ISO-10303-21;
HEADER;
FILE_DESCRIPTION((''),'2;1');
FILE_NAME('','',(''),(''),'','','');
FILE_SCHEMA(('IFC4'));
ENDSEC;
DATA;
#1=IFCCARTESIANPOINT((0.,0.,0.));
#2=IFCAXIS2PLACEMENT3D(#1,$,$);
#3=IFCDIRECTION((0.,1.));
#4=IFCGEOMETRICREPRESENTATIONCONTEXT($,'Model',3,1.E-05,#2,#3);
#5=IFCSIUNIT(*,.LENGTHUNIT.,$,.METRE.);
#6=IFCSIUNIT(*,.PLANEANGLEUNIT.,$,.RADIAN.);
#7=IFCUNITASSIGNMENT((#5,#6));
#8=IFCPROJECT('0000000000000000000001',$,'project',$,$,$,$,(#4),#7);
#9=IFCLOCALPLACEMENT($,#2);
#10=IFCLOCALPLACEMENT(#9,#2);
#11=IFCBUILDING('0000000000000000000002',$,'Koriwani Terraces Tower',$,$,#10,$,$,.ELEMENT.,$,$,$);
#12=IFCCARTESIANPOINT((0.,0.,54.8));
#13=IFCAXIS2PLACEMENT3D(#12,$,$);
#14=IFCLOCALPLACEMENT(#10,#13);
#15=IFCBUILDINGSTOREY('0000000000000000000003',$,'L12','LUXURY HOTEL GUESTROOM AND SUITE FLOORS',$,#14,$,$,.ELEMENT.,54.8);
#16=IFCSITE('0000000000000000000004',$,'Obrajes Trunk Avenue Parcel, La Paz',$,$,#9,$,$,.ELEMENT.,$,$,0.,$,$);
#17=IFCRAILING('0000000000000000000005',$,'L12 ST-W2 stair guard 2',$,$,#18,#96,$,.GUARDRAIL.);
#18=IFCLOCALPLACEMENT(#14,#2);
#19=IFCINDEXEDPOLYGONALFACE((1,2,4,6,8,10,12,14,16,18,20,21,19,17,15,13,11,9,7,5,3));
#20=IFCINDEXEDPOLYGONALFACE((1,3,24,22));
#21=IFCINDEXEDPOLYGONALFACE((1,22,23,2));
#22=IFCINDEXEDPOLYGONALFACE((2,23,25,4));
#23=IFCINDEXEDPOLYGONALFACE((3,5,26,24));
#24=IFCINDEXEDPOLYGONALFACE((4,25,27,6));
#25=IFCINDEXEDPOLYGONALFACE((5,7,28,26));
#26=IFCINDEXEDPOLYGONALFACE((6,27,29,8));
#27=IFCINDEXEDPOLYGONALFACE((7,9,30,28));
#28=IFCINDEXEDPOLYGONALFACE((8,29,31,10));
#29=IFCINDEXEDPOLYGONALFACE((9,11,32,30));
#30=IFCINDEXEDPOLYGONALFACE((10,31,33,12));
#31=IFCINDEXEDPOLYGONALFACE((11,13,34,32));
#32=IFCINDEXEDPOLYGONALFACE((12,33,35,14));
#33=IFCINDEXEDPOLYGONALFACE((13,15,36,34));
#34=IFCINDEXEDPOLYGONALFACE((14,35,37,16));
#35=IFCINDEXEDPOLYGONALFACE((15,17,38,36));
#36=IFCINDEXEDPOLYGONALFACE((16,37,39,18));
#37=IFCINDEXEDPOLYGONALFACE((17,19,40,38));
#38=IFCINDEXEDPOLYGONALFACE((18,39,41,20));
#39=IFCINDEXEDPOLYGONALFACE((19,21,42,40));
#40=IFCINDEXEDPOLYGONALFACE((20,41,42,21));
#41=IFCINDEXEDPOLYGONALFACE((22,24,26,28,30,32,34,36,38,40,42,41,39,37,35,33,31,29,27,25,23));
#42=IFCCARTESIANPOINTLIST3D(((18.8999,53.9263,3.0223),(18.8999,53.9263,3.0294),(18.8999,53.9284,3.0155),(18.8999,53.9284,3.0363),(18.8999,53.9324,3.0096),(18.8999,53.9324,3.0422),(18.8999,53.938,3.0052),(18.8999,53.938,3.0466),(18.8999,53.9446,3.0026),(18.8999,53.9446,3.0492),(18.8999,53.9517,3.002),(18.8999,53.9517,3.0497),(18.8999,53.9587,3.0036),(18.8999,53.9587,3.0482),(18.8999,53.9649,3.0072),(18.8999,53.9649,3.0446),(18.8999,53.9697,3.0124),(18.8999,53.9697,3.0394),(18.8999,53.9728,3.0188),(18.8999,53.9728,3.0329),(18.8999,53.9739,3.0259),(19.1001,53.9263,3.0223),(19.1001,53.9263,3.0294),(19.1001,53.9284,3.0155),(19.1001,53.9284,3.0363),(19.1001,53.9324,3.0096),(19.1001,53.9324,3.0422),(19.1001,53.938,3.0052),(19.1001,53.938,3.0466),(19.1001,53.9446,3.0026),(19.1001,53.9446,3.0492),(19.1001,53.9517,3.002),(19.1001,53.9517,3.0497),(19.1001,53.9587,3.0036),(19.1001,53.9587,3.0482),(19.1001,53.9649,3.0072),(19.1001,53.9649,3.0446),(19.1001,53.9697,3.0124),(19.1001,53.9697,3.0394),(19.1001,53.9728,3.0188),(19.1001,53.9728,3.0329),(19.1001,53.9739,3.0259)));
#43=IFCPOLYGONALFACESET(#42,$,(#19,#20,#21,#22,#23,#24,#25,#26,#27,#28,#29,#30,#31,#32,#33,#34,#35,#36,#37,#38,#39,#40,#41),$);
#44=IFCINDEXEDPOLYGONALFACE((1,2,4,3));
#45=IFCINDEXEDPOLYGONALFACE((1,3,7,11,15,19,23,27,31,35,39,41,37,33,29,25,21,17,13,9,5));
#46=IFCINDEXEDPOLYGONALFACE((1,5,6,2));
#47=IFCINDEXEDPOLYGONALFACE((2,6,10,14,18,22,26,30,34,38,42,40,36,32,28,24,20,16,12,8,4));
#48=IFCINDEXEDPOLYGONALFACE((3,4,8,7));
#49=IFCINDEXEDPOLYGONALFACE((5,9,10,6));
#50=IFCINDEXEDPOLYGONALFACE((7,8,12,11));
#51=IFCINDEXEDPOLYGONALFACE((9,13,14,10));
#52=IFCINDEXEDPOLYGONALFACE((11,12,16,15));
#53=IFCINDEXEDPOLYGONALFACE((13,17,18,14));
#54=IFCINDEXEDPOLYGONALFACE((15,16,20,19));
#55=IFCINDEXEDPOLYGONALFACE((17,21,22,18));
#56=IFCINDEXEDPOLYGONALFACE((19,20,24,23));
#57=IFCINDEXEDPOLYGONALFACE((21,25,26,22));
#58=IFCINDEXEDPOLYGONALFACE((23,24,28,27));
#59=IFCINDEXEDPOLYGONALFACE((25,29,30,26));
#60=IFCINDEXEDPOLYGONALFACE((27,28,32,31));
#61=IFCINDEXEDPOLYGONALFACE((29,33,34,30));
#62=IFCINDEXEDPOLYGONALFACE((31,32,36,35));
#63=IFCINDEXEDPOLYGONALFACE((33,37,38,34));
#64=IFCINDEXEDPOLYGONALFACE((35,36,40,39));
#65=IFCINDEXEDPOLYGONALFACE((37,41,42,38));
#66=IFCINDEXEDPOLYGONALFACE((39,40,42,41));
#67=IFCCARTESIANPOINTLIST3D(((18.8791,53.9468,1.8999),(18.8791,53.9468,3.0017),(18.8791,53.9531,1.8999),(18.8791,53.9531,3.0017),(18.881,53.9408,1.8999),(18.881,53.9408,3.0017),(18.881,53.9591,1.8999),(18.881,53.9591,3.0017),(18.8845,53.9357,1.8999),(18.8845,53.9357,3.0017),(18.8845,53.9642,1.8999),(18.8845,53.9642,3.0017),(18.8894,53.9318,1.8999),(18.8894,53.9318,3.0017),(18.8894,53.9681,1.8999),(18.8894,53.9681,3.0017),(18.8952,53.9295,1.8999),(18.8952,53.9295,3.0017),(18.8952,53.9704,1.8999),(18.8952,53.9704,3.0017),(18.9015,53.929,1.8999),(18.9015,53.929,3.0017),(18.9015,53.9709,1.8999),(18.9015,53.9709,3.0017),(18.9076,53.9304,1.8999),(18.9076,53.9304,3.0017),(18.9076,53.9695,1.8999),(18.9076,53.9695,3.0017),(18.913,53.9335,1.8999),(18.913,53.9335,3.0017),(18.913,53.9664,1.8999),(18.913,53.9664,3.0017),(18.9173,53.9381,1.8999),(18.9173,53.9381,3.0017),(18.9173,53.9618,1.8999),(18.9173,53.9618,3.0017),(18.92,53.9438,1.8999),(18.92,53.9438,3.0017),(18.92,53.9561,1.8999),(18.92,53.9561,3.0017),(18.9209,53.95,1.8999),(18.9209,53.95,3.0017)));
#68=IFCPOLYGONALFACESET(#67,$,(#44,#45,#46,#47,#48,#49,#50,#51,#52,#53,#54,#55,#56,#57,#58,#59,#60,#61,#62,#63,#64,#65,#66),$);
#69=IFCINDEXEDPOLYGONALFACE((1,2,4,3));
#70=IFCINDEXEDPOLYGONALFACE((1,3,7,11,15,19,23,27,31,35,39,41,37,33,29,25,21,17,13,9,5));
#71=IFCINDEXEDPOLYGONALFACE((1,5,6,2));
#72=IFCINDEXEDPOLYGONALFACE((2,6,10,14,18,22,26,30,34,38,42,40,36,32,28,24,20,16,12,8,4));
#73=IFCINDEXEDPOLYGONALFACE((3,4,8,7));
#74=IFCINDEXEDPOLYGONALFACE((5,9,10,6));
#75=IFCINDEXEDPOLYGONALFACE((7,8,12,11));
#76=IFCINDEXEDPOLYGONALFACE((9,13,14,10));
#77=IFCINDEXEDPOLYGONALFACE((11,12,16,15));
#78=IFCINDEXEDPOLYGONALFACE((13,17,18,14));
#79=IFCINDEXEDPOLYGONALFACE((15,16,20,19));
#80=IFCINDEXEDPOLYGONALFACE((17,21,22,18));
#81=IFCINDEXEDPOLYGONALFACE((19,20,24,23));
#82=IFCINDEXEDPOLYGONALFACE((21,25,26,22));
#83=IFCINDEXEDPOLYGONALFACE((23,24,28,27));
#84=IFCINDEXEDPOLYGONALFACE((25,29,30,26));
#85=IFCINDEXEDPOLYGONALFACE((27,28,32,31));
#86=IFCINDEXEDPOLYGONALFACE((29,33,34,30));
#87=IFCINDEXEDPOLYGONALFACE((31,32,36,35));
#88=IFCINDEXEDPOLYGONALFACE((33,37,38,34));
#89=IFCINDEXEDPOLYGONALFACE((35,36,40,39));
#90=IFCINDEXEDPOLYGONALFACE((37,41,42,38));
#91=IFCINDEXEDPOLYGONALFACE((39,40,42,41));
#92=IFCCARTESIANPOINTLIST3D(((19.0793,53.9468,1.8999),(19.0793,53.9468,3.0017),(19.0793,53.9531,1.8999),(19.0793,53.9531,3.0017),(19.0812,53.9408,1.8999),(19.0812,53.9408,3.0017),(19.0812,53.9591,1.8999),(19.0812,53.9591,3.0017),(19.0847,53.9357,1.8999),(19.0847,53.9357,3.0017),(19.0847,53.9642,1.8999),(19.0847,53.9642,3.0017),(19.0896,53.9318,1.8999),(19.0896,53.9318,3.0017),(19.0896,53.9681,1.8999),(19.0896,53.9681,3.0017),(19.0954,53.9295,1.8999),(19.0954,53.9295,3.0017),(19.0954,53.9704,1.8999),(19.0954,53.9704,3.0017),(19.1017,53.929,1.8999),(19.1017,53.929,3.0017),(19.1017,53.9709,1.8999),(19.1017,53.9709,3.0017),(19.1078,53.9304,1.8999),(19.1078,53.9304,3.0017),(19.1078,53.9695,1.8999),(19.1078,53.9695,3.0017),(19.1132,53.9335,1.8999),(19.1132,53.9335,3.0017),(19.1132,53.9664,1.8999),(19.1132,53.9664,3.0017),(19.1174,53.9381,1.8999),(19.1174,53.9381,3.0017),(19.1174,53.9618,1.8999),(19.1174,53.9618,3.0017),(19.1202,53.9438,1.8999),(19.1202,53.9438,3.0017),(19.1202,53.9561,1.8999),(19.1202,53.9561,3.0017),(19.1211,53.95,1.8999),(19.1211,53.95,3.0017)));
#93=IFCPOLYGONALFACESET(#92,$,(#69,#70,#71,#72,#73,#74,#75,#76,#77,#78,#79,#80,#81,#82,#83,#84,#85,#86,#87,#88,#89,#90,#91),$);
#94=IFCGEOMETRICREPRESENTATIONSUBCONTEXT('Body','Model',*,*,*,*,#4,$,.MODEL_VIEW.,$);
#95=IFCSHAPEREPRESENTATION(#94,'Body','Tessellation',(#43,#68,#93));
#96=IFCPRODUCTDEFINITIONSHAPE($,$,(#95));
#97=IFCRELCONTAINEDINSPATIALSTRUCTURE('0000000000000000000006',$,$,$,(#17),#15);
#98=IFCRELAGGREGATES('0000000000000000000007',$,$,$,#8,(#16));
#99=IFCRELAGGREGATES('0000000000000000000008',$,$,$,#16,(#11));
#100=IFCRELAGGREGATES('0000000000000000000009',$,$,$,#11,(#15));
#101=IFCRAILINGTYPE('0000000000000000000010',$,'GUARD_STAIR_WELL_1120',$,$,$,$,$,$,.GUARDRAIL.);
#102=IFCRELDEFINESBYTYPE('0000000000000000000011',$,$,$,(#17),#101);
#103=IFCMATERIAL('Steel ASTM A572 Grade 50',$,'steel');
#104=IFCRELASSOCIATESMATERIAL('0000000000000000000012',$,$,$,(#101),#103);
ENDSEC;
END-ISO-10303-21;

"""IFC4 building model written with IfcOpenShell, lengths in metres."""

from ifc_helpers import new_model, si_unit, direction, frame, origin, origin_2d, place, context, subcontext, project, spatial, circle, extrude, material, type_object, element, save


model = new_model("IFC4")

# Units and contexts
model_context = context("Model", 3, precision=1e-05, world=origin(), true_north=direction((0.0, 1.0)))
body_context = subcontext(model_context, "Body", "Model", "MODEL_VIEW")
ifc_project = project(units=[si_unit("LENGTHUNIT", "METRE"), si_unit("PLANEANGLEUNIT", "RADIAN")], contexts=[model_context])

# Site, building, storey
site_placement = place(None, origin())
site = spatial("IfcSite", under=ifc_project, at=site_placement, Name="Obrajes Trunk Avenue Parcel, La Paz", CompositionType="ELEMENT", RefElevation=0.0)
building_placement = place(site_placement, origin())
building = spatial("IfcBuilding", under=site, at=building_placement, Name="Koriwani Terraces Tower", CompositionType="ELEMENT")
storey_placement = place(building_placement, frame((0.0, 0.0, 54.8)))
storey = spatial("IfcBuildingStorey", under=building, at=storey_placement, Name="L12", Description="LUXURY HOTEL GUESTROOM AND SUITE FLOORS", CompositionType="ELEMENT", Elevation=54.8)

# Shared definitions
ifc_material_1 = material(Name="Steel ASTM A572 Grade 50", Category="steel")

# Railing
railing_type_1 = type_object("IfcRailingType", Name="GUARD_STAIR_WELL_1120", PredefinedType="GUARDRAIL", material=ifc_material_1)
railing_1_placement = place(storey_placement, frame((18.8999, 53.95, 1.8999)))
element("IfcRailing", 1, at=railing_1_placement, inside=storey, type_object=railing_type_1, Name="L12 ST-W2 stair guard 2", PredefinedType="GUARDRAIL", context=body_context, shape_type="SweptSolid", body=[
    extrude(circle(Radius=0.0239, at=origin_2d()), frame((0.0, 0.0, 1.126), z_axis=(1.0, 0.0, 0.0), x_axis=(0.0, 1.0, 0.0)), (0.0, 0.0, 1.0), 0.2002),
    extrude(circle(Radius=0.021, at=origin_2d()), origin(), (0.0, 0.0, 1.0), 1.1018),
    extrude(circle(Radius=0.021, at=origin_2d()), frame((0.2002, 0.0, 0.0)), (0.0, 0.0, 1.0), 1.1018),
])

save(model, "model.ifc")
